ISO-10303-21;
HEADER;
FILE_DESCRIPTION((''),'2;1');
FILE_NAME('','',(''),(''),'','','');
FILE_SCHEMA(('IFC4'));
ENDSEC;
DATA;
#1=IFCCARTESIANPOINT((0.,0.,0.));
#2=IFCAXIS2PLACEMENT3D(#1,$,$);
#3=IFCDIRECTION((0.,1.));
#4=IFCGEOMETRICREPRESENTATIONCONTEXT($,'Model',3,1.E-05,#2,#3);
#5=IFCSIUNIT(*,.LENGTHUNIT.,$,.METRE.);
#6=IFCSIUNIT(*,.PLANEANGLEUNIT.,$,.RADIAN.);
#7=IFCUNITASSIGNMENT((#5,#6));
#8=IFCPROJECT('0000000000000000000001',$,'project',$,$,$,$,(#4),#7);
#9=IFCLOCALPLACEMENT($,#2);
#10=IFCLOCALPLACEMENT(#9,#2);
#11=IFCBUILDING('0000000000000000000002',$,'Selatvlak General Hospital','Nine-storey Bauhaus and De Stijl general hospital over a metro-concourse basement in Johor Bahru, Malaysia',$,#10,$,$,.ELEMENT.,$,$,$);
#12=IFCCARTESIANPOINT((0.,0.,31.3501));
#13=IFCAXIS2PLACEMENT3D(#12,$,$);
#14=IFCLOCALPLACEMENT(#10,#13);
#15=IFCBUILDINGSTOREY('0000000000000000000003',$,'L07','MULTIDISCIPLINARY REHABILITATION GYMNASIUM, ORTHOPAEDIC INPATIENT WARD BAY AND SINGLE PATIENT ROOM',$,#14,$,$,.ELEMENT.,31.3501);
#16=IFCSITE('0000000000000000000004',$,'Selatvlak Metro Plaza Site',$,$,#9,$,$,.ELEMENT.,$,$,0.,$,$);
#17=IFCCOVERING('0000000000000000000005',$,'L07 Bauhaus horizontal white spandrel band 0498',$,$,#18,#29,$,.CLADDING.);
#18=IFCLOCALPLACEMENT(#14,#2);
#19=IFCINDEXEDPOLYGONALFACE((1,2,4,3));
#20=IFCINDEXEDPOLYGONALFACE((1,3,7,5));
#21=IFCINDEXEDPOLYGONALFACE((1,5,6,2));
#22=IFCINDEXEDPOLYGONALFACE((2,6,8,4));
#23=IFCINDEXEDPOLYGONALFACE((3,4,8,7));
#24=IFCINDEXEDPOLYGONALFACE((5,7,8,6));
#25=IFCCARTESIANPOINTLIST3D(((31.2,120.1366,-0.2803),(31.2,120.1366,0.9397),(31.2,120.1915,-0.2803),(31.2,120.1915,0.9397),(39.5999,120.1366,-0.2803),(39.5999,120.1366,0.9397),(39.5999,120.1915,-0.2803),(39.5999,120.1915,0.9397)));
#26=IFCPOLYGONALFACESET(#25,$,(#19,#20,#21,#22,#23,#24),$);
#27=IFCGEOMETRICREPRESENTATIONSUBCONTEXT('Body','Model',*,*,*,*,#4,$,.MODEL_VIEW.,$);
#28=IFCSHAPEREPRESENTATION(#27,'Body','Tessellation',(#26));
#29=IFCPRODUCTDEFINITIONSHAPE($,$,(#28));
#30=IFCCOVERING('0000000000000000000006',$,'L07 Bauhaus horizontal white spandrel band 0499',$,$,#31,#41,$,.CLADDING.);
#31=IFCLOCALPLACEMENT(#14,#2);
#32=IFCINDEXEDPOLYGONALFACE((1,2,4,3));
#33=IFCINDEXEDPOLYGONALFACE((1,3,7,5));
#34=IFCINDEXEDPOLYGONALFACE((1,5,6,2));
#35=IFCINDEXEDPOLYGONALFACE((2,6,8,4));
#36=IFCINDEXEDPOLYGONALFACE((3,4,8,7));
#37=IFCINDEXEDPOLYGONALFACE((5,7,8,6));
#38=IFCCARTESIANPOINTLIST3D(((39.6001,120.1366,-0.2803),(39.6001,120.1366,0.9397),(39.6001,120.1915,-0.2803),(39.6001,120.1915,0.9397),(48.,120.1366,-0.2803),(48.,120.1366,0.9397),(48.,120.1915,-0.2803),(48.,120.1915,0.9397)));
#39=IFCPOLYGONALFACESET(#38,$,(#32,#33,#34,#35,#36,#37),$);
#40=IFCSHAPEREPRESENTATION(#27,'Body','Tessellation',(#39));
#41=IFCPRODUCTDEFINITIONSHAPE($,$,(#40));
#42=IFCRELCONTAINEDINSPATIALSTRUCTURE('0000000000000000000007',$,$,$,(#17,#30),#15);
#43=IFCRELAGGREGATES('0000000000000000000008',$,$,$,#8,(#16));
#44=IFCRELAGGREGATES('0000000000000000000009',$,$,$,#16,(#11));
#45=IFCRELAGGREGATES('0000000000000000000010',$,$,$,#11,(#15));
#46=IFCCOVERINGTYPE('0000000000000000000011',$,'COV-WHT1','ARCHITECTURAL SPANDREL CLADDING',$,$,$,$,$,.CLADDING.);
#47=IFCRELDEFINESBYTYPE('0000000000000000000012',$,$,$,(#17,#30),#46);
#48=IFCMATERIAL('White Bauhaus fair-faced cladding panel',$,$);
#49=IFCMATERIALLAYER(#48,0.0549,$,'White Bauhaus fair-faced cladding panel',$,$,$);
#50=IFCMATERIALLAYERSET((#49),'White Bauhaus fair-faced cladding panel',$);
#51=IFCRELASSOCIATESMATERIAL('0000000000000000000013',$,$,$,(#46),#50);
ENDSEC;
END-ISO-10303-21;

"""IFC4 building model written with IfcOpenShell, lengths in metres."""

from ifc_helpers import new_model, si_unit, direction, frame, origin, origin_2d, place, context, subcontext, project, spatial, rectangle, extrude, material, layer, layer_set, type_object, element, save


model = new_model("IFC4")

# Units and contexts
model_context = context("Model", 3, precision=1e-05, world=origin(), true_north=direction((0.0, 1.0)))
body_context = subcontext(model_context, "Body", "Model", "MODEL_VIEW")
ifc_project = project(units=[si_unit("LENGTHUNIT", "METRE"), si_unit("PLANEANGLEUNIT", "RADIAN")], contexts=[model_context])

# Site, building, storey
site_placement = place(None, origin())
site = spatial("IfcSite", under=ifc_project, at=site_placement, Name="Selatvlak Metro Plaza Site", CompositionType="ELEMENT", RefElevation=0.0)
building_placement = place(site_placement, origin())
building = spatial("IfcBuilding", under=site, at=building_placement, Name="Selatvlak General Hospital", Description="Nine-storey Bauhaus and De Stijl general hospital over a metro-concourse basement in Johor Bahru, Malaysia", CompositionType="ELEMENT")
storey_placement = place(building_placement, frame((0.0, 0.0, 31.3501)))
storey = spatial("IfcBuildingStorey", under=building, at=storey_placement, Name="L07", Description="MULTIDISCIPLINARY REHABILITATION GYMNASIUM, ORTHOPAEDIC INPATIENT WARD BAY AND SINGLE PATIENT ROOM", CompositionType="ELEMENT", Elevation=31.3501)

# Coverings
ifc_material_1 = material(Name="White Bauhaus fair-faced cladding panel")
ifc_layer_1 = layer(ifc_material_1, 0.0549, Name="White Bauhaus fair-faced cladding panel")
ifc_layer_set_1 = layer_set([ifc_layer_1], Name="White Bauhaus fair-faced cladding panel")
covering_type = type_object("IfcCoveringType", Name="COV-WHT1", Description="ARCHITECTURAL SPANDREL CLADDING", PredefinedType="CLADDING", material=ifc_layer_set_1)
for number, where, z_axis, x_axis, name in (
    (1, (35.3999, 120.1641, -0.2803), (0.0, 0.0, 1.0), (1.0, 0.0, 0.0), "L07 Bauhaus horizontal white spandrel band 0498"),
    (2, (43.8, 120.1641, -0.2803), (0.0, 0.0, 1.0), (1.0, 0.0, 0.0), "L07 Bauhaus horizontal white spandrel band 0499"),
):
    element("IfcCovering", number, at=place(storey_placement, frame(where, z_axis=z_axis, x_axis=x_axis)), inside=storey, type_object=covering_type, Name=name, PredefinedType="CLADDING", context=body_context, shape_type="SweptSolid", body=[
        extrude(rectangle(XDim=8.3999, YDim=0.0549, at=origin_2d()), origin(), (0.0, 0.0, 1.0), 1.22),
    ])

save(model, "model.ifc")
